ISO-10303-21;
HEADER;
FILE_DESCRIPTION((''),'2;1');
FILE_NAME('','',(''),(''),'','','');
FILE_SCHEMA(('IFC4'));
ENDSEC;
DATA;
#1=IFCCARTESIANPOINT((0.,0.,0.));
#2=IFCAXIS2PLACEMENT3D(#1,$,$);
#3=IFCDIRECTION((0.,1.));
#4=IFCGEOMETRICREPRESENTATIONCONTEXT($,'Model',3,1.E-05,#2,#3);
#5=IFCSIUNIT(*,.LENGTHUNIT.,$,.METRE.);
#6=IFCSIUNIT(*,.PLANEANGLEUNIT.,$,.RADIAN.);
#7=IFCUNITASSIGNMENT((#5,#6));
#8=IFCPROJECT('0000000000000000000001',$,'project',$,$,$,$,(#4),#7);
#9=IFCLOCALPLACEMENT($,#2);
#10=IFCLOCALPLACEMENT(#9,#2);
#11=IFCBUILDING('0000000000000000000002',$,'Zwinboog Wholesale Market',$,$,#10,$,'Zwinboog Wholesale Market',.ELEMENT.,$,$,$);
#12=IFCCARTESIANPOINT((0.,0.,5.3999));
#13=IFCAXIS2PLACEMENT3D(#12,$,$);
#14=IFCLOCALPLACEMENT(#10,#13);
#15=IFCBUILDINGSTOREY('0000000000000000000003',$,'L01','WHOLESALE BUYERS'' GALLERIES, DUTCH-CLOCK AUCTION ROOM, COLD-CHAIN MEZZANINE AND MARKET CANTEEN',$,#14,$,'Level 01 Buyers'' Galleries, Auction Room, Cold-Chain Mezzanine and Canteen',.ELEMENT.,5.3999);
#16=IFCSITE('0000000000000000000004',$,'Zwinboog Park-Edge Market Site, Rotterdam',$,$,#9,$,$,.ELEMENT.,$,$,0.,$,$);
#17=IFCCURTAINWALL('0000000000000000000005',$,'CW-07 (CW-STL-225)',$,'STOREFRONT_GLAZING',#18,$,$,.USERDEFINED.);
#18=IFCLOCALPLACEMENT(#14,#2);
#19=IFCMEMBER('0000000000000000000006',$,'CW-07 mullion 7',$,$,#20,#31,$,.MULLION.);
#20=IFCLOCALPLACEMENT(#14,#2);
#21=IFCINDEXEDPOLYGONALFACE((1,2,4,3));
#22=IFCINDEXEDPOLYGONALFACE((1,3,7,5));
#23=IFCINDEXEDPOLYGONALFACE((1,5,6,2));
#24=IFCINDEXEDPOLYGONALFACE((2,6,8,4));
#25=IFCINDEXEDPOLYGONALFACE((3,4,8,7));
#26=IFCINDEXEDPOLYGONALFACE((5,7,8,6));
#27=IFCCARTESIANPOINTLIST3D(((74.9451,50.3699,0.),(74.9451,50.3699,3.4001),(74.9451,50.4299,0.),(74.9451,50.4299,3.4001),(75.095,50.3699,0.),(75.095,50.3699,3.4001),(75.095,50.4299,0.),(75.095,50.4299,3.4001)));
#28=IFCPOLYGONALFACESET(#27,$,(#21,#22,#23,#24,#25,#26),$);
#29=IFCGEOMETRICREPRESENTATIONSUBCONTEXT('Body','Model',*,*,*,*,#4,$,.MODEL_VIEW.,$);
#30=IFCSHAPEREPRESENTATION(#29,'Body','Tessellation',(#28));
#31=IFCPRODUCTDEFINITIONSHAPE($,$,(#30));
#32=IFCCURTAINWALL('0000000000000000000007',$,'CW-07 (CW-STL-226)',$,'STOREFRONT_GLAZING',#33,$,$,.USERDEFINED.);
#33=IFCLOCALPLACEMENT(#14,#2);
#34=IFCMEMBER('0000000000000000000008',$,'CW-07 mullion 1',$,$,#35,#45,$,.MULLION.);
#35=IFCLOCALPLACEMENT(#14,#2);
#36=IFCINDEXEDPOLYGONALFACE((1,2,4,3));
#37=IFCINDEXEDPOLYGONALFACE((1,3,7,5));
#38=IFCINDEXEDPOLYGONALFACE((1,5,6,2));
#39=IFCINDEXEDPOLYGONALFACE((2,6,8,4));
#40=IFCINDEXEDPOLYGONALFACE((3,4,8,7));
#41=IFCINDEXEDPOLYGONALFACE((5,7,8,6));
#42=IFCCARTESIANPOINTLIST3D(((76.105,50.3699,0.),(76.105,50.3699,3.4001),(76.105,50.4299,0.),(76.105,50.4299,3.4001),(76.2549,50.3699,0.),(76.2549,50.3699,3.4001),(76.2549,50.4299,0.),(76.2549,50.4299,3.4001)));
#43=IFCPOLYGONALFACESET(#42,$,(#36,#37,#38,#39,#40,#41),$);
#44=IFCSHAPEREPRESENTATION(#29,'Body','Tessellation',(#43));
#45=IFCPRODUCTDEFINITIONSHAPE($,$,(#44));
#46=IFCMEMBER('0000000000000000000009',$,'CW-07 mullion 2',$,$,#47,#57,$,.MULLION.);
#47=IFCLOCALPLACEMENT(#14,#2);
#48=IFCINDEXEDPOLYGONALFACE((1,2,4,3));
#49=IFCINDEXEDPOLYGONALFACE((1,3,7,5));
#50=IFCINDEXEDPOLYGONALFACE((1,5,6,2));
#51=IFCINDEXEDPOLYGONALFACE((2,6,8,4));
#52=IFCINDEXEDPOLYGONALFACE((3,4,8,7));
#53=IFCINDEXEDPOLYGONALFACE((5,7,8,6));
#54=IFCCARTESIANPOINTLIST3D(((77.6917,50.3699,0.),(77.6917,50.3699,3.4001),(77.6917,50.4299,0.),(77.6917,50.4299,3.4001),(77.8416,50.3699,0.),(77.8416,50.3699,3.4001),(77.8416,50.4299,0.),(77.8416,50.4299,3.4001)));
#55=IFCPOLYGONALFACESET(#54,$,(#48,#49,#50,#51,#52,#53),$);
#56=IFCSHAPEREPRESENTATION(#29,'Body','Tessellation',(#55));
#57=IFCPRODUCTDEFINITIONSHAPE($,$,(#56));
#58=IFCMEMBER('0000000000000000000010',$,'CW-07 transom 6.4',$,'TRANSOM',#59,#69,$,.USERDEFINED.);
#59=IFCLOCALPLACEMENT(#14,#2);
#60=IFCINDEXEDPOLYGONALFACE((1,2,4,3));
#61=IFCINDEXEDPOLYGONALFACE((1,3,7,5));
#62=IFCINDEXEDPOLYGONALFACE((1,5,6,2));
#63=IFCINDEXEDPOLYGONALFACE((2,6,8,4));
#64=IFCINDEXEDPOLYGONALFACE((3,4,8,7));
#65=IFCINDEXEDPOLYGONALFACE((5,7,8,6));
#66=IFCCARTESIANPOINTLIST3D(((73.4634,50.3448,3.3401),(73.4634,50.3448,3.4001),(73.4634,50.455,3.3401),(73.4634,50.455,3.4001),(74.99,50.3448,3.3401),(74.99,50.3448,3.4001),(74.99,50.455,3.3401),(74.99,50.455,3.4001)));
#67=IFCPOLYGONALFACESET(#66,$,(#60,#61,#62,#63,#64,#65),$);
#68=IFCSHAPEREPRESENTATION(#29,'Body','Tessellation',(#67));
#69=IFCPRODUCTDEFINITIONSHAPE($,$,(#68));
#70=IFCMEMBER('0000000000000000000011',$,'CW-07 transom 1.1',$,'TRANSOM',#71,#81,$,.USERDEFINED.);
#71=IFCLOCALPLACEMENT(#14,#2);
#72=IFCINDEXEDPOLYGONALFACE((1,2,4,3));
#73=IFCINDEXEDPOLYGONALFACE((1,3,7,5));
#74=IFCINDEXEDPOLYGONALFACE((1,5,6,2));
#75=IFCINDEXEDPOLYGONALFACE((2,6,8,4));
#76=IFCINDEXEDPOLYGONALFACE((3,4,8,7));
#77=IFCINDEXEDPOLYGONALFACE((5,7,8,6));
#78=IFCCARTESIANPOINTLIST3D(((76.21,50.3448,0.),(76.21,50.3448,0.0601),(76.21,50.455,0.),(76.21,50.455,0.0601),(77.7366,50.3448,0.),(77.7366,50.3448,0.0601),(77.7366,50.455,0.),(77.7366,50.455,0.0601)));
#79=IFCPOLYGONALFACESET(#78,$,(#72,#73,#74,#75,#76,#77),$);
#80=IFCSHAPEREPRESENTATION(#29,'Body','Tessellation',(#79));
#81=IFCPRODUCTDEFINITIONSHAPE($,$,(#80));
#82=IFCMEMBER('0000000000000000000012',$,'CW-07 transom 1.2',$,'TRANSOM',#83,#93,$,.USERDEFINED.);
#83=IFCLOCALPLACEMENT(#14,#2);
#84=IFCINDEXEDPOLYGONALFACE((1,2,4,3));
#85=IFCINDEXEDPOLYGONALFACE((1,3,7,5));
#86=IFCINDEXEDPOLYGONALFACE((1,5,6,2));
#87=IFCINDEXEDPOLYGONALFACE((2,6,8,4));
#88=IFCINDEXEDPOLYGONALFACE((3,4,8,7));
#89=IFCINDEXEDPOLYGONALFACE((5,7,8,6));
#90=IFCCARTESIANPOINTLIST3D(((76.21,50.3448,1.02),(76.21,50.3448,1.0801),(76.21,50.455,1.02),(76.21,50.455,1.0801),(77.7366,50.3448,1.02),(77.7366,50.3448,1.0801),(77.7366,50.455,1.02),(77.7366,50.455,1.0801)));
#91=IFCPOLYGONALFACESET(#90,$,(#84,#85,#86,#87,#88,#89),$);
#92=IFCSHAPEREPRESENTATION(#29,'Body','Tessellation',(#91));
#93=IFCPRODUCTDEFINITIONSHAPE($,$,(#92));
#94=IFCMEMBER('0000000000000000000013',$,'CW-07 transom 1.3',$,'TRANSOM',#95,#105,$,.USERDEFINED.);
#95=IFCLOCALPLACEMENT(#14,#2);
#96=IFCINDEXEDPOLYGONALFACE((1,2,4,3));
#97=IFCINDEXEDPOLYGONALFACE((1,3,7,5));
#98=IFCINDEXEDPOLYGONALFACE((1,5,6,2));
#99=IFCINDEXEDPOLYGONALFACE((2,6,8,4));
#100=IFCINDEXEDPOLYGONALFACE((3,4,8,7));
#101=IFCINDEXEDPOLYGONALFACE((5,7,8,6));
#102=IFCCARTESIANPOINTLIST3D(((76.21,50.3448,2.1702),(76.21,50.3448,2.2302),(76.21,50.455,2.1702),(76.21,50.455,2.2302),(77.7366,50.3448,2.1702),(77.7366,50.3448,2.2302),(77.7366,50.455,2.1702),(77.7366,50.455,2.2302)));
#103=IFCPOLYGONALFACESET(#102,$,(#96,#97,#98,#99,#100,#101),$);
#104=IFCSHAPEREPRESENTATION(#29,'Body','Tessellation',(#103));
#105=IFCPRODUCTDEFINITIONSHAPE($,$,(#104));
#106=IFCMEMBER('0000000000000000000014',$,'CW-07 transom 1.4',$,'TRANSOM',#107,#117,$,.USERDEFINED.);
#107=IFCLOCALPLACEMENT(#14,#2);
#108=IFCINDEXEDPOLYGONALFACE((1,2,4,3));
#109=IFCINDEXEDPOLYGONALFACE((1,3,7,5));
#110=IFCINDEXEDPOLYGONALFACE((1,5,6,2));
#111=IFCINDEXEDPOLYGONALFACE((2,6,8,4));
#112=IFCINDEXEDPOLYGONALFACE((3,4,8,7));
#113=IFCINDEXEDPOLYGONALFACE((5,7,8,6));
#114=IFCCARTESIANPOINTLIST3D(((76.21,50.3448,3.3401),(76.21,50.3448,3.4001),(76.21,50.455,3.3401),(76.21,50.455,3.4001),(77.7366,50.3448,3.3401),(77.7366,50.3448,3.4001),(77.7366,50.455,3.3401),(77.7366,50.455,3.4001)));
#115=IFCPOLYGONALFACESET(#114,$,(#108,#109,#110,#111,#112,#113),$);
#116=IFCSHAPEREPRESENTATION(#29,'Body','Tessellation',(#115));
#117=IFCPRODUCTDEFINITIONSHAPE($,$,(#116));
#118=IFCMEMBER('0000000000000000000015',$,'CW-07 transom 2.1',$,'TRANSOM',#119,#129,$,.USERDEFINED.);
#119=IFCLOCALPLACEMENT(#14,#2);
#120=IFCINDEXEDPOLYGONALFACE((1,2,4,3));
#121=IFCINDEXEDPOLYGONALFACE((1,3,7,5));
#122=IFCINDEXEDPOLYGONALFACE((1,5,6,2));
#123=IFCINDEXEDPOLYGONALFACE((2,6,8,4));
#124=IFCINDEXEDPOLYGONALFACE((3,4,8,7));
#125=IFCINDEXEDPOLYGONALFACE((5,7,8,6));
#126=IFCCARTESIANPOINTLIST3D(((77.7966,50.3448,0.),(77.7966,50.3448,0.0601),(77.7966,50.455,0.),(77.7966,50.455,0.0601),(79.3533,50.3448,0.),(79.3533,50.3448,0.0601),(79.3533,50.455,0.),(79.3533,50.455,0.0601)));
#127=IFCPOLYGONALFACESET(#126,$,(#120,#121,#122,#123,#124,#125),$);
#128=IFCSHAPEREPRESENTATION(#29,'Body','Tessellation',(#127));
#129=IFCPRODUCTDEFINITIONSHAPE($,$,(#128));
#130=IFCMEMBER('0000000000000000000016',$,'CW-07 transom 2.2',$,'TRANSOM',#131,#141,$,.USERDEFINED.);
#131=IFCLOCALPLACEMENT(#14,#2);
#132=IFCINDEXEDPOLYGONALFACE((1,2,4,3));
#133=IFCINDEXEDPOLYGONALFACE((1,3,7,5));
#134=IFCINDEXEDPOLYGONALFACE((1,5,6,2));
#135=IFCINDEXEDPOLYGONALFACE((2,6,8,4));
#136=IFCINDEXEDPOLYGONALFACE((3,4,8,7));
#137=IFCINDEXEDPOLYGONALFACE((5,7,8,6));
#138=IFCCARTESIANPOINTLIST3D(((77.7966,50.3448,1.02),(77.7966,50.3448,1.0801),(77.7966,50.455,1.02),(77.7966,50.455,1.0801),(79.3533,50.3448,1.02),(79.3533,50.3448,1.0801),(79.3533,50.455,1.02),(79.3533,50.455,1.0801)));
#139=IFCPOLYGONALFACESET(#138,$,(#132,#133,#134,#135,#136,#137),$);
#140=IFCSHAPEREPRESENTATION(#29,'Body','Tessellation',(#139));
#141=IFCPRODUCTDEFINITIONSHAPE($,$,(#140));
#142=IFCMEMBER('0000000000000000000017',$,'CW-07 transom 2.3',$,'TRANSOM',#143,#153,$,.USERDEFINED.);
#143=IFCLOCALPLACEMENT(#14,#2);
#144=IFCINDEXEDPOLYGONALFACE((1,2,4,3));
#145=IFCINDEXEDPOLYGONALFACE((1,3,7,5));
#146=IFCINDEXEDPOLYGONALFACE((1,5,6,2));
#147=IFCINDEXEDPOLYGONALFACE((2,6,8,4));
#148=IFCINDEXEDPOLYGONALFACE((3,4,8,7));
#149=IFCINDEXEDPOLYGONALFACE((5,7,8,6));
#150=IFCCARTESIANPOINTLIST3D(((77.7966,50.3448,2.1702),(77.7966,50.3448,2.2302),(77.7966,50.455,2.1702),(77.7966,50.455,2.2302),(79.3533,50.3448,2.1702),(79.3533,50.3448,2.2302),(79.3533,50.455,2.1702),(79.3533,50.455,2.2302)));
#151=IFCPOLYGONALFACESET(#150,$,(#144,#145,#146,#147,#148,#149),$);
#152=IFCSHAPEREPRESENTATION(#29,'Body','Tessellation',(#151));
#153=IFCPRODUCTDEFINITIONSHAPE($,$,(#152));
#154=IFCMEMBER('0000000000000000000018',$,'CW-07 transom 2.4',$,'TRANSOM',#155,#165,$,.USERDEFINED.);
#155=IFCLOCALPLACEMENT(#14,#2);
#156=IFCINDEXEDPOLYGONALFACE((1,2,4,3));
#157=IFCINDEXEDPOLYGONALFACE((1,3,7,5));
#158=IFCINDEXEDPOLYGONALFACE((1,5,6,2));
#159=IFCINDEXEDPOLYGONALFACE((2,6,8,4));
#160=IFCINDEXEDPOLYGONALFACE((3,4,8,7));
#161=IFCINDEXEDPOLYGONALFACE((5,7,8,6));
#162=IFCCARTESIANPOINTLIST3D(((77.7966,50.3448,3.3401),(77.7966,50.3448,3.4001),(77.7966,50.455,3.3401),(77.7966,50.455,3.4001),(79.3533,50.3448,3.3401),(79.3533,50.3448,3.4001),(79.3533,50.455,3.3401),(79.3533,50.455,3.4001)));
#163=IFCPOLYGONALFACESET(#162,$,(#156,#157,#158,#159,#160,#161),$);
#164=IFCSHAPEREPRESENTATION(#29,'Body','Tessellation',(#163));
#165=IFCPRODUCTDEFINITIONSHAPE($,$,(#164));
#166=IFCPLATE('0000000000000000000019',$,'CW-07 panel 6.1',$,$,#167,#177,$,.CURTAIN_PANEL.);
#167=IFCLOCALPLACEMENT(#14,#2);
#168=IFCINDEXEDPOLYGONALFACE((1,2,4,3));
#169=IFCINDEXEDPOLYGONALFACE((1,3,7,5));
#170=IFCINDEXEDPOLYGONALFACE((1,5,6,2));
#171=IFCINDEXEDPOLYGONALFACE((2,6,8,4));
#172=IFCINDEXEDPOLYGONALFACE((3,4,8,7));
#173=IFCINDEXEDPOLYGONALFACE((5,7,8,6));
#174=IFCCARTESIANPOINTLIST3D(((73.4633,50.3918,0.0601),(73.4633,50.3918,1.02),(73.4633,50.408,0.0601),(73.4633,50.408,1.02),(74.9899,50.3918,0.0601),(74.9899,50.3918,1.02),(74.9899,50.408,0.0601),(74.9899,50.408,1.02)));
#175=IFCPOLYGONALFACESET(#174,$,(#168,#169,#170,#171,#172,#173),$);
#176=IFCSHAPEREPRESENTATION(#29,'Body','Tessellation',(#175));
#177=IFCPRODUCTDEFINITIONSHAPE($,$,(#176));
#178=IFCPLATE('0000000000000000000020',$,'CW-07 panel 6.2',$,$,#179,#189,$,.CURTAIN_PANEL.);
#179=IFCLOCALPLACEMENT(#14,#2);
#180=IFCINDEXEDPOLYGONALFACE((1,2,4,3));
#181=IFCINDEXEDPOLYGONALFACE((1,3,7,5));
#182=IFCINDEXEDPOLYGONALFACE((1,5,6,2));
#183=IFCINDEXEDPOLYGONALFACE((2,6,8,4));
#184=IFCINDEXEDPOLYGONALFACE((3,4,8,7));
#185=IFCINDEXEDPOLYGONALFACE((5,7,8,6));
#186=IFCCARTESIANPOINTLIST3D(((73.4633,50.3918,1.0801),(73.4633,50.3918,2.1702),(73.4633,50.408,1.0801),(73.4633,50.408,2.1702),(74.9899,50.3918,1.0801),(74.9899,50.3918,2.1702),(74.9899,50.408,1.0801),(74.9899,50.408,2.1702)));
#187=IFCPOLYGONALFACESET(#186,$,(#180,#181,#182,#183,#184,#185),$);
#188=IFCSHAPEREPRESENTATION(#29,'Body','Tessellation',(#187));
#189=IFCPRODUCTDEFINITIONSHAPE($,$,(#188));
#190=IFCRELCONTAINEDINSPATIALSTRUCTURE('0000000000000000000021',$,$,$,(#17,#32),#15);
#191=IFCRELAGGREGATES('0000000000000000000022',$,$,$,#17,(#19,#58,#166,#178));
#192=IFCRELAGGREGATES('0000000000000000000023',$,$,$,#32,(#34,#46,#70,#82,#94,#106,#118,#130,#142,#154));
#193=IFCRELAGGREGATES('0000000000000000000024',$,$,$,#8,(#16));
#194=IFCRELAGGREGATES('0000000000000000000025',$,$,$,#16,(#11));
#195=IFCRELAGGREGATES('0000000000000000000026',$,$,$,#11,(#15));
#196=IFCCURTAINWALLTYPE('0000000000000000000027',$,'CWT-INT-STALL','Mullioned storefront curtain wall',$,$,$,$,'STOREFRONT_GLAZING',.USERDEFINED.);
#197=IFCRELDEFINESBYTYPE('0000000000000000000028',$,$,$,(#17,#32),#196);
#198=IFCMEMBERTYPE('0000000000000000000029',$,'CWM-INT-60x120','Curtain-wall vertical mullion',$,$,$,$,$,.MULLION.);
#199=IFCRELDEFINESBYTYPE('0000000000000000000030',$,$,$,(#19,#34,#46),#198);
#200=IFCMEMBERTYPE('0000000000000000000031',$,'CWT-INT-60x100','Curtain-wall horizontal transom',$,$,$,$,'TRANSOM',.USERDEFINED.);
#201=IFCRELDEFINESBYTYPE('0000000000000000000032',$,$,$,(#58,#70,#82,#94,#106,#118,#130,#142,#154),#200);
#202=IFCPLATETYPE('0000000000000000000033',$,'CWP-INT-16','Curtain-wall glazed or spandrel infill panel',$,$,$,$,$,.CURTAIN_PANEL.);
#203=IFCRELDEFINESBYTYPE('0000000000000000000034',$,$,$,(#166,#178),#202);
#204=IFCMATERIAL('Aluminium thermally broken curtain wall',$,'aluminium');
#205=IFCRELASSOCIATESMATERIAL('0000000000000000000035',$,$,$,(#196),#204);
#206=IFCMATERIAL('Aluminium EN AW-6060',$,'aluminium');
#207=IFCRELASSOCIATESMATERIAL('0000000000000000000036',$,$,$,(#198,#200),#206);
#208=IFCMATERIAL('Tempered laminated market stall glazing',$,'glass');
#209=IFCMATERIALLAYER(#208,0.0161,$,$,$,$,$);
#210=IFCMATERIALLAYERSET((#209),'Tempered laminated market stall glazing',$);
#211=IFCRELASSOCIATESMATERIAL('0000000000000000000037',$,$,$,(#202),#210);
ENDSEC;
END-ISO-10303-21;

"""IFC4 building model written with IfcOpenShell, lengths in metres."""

from ifc_helpers import new_model, si_unit, direction, frame, origin, origin_2d, place, context, subcontext, project, spatial, rectangle, extrude, material, layer, layer_set, material_profile, profile_set, type_object, element, aggregate, save


model = new_model("IFC4")

# Units and contexts
model_context = context("Model", 3, precision=1e-05, world=origin(), true_north=direction((0.0, 1.0)))
body_context = subcontext(model_context, "Body", "Model", "MODEL_VIEW")
ifc_project = project(units=[si_unit("LENGTHUNIT", "METRE"), si_unit("PLANEANGLEUNIT", "RADIAN")], contexts=[model_context])

# Site, building, storey
site_placement = place(None, origin())
site = spatial("IfcSite", under=ifc_project, at=site_placement, Name="Zwinboog Park-Edge Market Site, Rotterdam", CompositionType="ELEMENT", RefElevation=0.0)
building_placement = place(site_placement, origin())
building = spatial("IfcBuilding", under=site, at=building_placement, Name="Zwinboog Wholesale Market", LongName="Zwinboog Wholesale Market", CompositionType="ELEMENT")
storey_placement = place(building_placement, frame((0.0, 0.0, 5.3999)))
storey = spatial("IfcBuildingStorey", under=building, at=storey_placement, Name="L01", Description="WHOLESALE BUYERS' GALLERIES, DUTCH-CLOCK AUCTION ROOM, COLD-CHAIN MEZZANINE AND MARKET CANTEEN", LongName="Level 01 Buyers' Galleries, Auction Room, Cold-Chain Mezzanine and Canteen", CompositionType="ELEMENT", Elevation=5.3999)

# Curtain wall, member
ifc_material_1 = material(Name="Aluminium thermally broken curtain wall", Category="aluminium")
curtain_wall_type = type_object("IfcCurtainWallType", Name="CWT-INT-STALL", Description="Mullioned storefront curtain wall", ElementType="STOREFRONT_GLAZING", PredefinedType="USERDEFINED", material=ifc_material_1)
curtain_wall_1_placement = place(storey_placement, origin())
curtain_wall_1 = element("IfcCurtainWall", 1, at=curtain_wall_1_placement, inside=storey, type_object=curtain_wall_type, Name="CW-07 (CW-STL-225)", ObjectType="STOREFRONT_GLAZING", PredefinedType="USERDEFINED")
ifc_material_2 = material(Name="Aluminium EN AW-6060", Category="aluminium")
ifc_material_profile_1 = material_profile(ifc_material_2, rectangle(XDim=0.0601, YDim=0.1499, at=origin_2d()), Name="AL 60x150")
ifc_profile_set_1 = profile_set([ifc_material_profile_1], Name="Aluminium EN AW-6060")
member_type_1 = type_object("IfcMemberType", Name="CWM-INT-60x120", Description="Curtain-wall vertical mullion", PredefinedType="MULLION", material=ifc_profile_set_1)
member_1_placement = place(storey_placement, frame((75.02, 50.3999, 0.0), z_axis=(0.0, 0.0, 1.0), x_axis=(0.0, 1.0, 0.0)))
member_1 = element("IfcMember", 2, at=member_1_placement, type_object=member_type_1, Name="CW-07 mullion 7", PredefinedType="MULLION", context=body_context, shape_type="SweptSolid", body=[
    extrude(rectangle(XDim=0.0601, YDim=0.1499, at=origin_2d()), origin(), (0.0, 0.0, 1.0), 3.4001),
])

# Curtain wall, members
curtain_wall_2_placement = place(storey_placement, origin())
curtain_wall_2 = element("IfcCurtainWall", 3, at=curtain_wall_2_placement, inside=storey, type_object=curtain_wall_type, Name="CW-07 (CW-STL-226)", ObjectType="STOREFRONT_GLAZING", PredefinedType="USERDEFINED")
member_2_placement = place(storey_placement, frame((76.1799, 50.3999, 0.0), z_axis=(0.0, 0.0, 1.0), x_axis=(0.0, 1.0, 0.0)))
member_2 = element("IfcMember", 4, at=member_2_placement, type_object=member_type_1, Name="CW-07 mullion 1", PredefinedType="MULLION", context=body_context, shape_type="SweptSolid", body=[
    extrude(rectangle(XDim=0.0601, YDim=0.1499, at=origin_2d()), origin(), (0.0, 0.0, 1.0), 3.4001),
])
member_3_placement = place(storey_placement, frame((77.7666, 50.3999, 0.0), z_axis=(0.0, 0.0, 1.0), x_axis=(0.0, 1.0, 0.0)))
member_3 = element("IfcMember", 5, at=member_3_placement, type_object=member_type_1, Name="CW-07 mullion 2", PredefinedType="MULLION", context=body_context, shape_type="SweptSolid", body=[
    extrude(rectangle(XDim=0.0601, YDim=0.1499, at=origin_2d()), origin(), (0.0, 0.0, 1.0), 3.4001),
])

# Members
ifc_material_profile_2 = material_profile(ifc_material_2, rectangle(XDim=0.1101, YDim=0.0601, at=origin_2d()), Name="AL 60x110")
ifc_profile_set_2 = profile_set([ifc_material_profile_2], Name="Aluminium EN AW-6060")
member_type_2 = type_object("IfcMemberType", Name="CWT-INT-60x100", Description="Curtain-wall horizontal transom", ElementType="TRANSOM", PredefinedType="USERDEFINED", material=ifc_profile_set_2)
member_4_placement = place(storey_placement, frame((73.4634, 50.3999, 3.3701), z_axis=(1.0, 0.0, 0.0), x_axis=(0.0, 1.0, 0.0)))
member_4 = element("IfcMember", 6, at=member_4_placement, type_object=member_type_2, Name="CW-07 transom 6.4", ObjectType="TRANSOM", PredefinedType="USERDEFINED", context=body_context, shape_type="SweptSolid", body=[
    extrude(rectangle(XDim=0.1101, YDim=0.0601, at=origin_2d()), origin(), (0.0, 0.0, 1.0), 1.5266),
])
member_5_placement = place(storey_placement, frame((76.21, 50.3999, 0.03), z_axis=(1.0, 0.0, 0.0), x_axis=(0.0, 1.0, 0.0)))
member_5 = element("IfcMember", 7, at=member_5_placement, type_object=member_type_2, Name="CW-07 transom 1.1", ObjectType="TRANSOM", PredefinedType="USERDEFINED", context=body_context, shape_type="SweptSolid", body=[
    extrude(rectangle(XDim=0.1101, YDim=0.0601, at=origin_2d()), origin(), (0.0, 0.0, 1.0), 1.5266),
])
member_6_placement = place(storey_placement, frame((76.21, 50.3999, 1.05), z_axis=(1.0, 0.0, 0.0), x_axis=(0.0, 1.0, 0.0)))
member_6 = element("IfcMember", 8, at=member_6_placement, type_object=member_type_2, Name="CW-07 transom 1.2", ObjectType="TRANSOM", PredefinedType="USERDEFINED", context=body_context, shape_type="SweptSolid", body=[
    extrude(rectangle(XDim=0.1101, YDim=0.0601, at=origin_2d()), origin(), (0.0, 0.0, 1.0), 1.5266),
])
member_7_placement = place(storey_placement, frame((76.21, 50.3999, 2.2002), z_axis=(1.0, 0.0, 0.0), x_axis=(0.0, 1.0, 0.0)))
member_7 = element("IfcMember", 9, at=member_7_placement, type_object=member_type_2, Name="CW-07 transom 1.3", ObjectType="TRANSOM", PredefinedType="USERDEFINED", context=body_context, shape_type="SweptSolid", body=[
    extrude(rectangle(XDim=0.1101, YDim=0.0601, at=origin_2d()), origin(), (0.0, 0.0, 1.0), 1.5266),
])
member_8_placement = place(storey_placement, frame((76.21, 50.3999, 3.3701), z_axis=(1.0, 0.0, 0.0), x_axis=(0.0, 1.0, 0.0)))
member_8 = element("IfcMember", 10, at=member_8_placement, type_object=member_type_2, Name="CW-07 transom 1.4", ObjectType="TRANSOM", PredefinedType="USERDEFINED", context=body_context, shape_type="SweptSolid", body=[
    extrude(rectangle(XDim=0.1101, YDim=0.0601, at=origin_2d()), origin(), (0.0, 0.0, 1.0), 1.5266),
])
member_9_placement = place(storey_placement, frame((77.7966, 50.3999, 0.03), z_axis=(1.0, 0.0, 0.0), x_axis=(0.0, 1.0, 0.0)))
member_9 = element("IfcMember", 11, at=member_9_placement, type_object=member_type_2, Name="CW-07 transom 2.1", ObjectType="TRANSOM", PredefinedType="USERDEFINED", context=body_context, shape_type="SweptSolid", body=[
    extrude(rectangle(XDim=0.1101, YDim=0.0601, at=origin_2d()), origin(), (0.0, 0.0, 1.0), 1.5566),
])
member_10_placement = place(storey_placement, frame((77.7966, 50.3999, 1.05), z_axis=(1.0, 0.0, 0.0), x_axis=(0.0, 1.0, 0.0)))
member_10 = element("IfcMember", 12, at=member_10_placement, type_object=member_type_2, Name="CW-07 transom 2.2", ObjectType="TRANSOM", PredefinedType="USERDEFINED", context=body_context, shape_type="SweptSolid", body=[
    extrude(rectangle(XDim=0.1101, YDim=0.0601, at=origin_2d()), origin(), (0.0, 0.0, 1.0), 1.5566),
])
member_11_placement = place(storey_placement, frame((77.7966, 50.3999, 2.2002), z_axis=(1.0, 0.0, 0.0), x_axis=(0.0, 1.0, 0.0)))
member_11 = element("IfcMember", 13, at=member_11_placement, type_object=member_type_2, Name="CW-07 transom 2.3", ObjectType="TRANSOM", PredefinedType="USERDEFINED", context=body_context, shape_type="SweptSolid", body=[
    extrude(rectangle(XDim=0.1101, YDim=0.0601, at=origin_2d()), origin(), (0.0, 0.0, 1.0), 1.5566),
])
member_12_placement = place(storey_placement, frame((77.7966, 50.3999, 3.3701), z_axis=(1.0, 0.0, 0.0), x_axis=(0.0, 1.0, 0.0)))
member_12 = element("IfcMember", 14, at=member_12_placement, type_object=member_type_2, Name="CW-07 transom 2.4", ObjectType="TRANSOM", PredefinedType="USERDEFINED", context=body_context, shape_type="SweptSolid", body=[
    extrude(rectangle(XDim=0.1101, YDim=0.0601, at=origin_2d()), origin(), (0.0, 0.0, 1.0), 1.5566),
])

# Plates
ifc_material_3 = material(Name="Tempered laminated market stall glazing", Category="glass")
ifc_layer = layer(ifc_material_3, 0.0161)
ifc_layer_set = layer_set([ifc_layer], Name="Tempered laminated market stall glazing")
plate_type = type_object("IfcPlateType", Name="CWP-INT-16", Description="Curtain-wall glazed or spandrel infill panel", PredefinedType="CURTAIN_PANEL", material=ifc_layer_set)
plate_1_placement = place(storey_placement, frame((74.2266, 50.3999, 0.0601), z_axis=(0.0, 0.0, 1.0), x_axis=(1.0, 0.0, 0.0)))
plate_1 = element("IfcPlate", 15, at=plate_1_placement, type_object=plate_type, Name="CW-07 panel 6.1", PredefinedType="CURTAIN_PANEL", context=body_context, shape_type="SweptSolid", body=[
    extrude(rectangle(XDim=1.5266, YDim=0.0161, at=origin_2d()), origin(), (0.0, 0.0, 1.0), 0.96),
])
plate_2_placement = place(storey_placement, frame((74.2266, 50.3999, 1.0801), z_axis=(0.0, 0.0, 1.0), x_axis=(1.0, 0.0, 0.0)))
plate_2 = element("IfcPlate", 16, at=plate_2_placement, type_object=plate_type, Name="CW-07 panel 6.2", PredefinedType="CURTAIN_PANEL", context=body_context, shape_type="SweptSolid", body=[
    extrude(rectangle(XDim=1.5266, YDim=0.0161, at=origin_2d()), origin(), (0.0, 0.0, 1.0), 1.0901),
])
aggregate(curtain_wall_1, [member_1, member_4, plate_1, plate_2])
aggregate(curtain_wall_2, [member_2, member_3, member_5, member_6, member_7, member_8, member_9, member_10, member_11, member_12])

save(model, "model.ifc")
